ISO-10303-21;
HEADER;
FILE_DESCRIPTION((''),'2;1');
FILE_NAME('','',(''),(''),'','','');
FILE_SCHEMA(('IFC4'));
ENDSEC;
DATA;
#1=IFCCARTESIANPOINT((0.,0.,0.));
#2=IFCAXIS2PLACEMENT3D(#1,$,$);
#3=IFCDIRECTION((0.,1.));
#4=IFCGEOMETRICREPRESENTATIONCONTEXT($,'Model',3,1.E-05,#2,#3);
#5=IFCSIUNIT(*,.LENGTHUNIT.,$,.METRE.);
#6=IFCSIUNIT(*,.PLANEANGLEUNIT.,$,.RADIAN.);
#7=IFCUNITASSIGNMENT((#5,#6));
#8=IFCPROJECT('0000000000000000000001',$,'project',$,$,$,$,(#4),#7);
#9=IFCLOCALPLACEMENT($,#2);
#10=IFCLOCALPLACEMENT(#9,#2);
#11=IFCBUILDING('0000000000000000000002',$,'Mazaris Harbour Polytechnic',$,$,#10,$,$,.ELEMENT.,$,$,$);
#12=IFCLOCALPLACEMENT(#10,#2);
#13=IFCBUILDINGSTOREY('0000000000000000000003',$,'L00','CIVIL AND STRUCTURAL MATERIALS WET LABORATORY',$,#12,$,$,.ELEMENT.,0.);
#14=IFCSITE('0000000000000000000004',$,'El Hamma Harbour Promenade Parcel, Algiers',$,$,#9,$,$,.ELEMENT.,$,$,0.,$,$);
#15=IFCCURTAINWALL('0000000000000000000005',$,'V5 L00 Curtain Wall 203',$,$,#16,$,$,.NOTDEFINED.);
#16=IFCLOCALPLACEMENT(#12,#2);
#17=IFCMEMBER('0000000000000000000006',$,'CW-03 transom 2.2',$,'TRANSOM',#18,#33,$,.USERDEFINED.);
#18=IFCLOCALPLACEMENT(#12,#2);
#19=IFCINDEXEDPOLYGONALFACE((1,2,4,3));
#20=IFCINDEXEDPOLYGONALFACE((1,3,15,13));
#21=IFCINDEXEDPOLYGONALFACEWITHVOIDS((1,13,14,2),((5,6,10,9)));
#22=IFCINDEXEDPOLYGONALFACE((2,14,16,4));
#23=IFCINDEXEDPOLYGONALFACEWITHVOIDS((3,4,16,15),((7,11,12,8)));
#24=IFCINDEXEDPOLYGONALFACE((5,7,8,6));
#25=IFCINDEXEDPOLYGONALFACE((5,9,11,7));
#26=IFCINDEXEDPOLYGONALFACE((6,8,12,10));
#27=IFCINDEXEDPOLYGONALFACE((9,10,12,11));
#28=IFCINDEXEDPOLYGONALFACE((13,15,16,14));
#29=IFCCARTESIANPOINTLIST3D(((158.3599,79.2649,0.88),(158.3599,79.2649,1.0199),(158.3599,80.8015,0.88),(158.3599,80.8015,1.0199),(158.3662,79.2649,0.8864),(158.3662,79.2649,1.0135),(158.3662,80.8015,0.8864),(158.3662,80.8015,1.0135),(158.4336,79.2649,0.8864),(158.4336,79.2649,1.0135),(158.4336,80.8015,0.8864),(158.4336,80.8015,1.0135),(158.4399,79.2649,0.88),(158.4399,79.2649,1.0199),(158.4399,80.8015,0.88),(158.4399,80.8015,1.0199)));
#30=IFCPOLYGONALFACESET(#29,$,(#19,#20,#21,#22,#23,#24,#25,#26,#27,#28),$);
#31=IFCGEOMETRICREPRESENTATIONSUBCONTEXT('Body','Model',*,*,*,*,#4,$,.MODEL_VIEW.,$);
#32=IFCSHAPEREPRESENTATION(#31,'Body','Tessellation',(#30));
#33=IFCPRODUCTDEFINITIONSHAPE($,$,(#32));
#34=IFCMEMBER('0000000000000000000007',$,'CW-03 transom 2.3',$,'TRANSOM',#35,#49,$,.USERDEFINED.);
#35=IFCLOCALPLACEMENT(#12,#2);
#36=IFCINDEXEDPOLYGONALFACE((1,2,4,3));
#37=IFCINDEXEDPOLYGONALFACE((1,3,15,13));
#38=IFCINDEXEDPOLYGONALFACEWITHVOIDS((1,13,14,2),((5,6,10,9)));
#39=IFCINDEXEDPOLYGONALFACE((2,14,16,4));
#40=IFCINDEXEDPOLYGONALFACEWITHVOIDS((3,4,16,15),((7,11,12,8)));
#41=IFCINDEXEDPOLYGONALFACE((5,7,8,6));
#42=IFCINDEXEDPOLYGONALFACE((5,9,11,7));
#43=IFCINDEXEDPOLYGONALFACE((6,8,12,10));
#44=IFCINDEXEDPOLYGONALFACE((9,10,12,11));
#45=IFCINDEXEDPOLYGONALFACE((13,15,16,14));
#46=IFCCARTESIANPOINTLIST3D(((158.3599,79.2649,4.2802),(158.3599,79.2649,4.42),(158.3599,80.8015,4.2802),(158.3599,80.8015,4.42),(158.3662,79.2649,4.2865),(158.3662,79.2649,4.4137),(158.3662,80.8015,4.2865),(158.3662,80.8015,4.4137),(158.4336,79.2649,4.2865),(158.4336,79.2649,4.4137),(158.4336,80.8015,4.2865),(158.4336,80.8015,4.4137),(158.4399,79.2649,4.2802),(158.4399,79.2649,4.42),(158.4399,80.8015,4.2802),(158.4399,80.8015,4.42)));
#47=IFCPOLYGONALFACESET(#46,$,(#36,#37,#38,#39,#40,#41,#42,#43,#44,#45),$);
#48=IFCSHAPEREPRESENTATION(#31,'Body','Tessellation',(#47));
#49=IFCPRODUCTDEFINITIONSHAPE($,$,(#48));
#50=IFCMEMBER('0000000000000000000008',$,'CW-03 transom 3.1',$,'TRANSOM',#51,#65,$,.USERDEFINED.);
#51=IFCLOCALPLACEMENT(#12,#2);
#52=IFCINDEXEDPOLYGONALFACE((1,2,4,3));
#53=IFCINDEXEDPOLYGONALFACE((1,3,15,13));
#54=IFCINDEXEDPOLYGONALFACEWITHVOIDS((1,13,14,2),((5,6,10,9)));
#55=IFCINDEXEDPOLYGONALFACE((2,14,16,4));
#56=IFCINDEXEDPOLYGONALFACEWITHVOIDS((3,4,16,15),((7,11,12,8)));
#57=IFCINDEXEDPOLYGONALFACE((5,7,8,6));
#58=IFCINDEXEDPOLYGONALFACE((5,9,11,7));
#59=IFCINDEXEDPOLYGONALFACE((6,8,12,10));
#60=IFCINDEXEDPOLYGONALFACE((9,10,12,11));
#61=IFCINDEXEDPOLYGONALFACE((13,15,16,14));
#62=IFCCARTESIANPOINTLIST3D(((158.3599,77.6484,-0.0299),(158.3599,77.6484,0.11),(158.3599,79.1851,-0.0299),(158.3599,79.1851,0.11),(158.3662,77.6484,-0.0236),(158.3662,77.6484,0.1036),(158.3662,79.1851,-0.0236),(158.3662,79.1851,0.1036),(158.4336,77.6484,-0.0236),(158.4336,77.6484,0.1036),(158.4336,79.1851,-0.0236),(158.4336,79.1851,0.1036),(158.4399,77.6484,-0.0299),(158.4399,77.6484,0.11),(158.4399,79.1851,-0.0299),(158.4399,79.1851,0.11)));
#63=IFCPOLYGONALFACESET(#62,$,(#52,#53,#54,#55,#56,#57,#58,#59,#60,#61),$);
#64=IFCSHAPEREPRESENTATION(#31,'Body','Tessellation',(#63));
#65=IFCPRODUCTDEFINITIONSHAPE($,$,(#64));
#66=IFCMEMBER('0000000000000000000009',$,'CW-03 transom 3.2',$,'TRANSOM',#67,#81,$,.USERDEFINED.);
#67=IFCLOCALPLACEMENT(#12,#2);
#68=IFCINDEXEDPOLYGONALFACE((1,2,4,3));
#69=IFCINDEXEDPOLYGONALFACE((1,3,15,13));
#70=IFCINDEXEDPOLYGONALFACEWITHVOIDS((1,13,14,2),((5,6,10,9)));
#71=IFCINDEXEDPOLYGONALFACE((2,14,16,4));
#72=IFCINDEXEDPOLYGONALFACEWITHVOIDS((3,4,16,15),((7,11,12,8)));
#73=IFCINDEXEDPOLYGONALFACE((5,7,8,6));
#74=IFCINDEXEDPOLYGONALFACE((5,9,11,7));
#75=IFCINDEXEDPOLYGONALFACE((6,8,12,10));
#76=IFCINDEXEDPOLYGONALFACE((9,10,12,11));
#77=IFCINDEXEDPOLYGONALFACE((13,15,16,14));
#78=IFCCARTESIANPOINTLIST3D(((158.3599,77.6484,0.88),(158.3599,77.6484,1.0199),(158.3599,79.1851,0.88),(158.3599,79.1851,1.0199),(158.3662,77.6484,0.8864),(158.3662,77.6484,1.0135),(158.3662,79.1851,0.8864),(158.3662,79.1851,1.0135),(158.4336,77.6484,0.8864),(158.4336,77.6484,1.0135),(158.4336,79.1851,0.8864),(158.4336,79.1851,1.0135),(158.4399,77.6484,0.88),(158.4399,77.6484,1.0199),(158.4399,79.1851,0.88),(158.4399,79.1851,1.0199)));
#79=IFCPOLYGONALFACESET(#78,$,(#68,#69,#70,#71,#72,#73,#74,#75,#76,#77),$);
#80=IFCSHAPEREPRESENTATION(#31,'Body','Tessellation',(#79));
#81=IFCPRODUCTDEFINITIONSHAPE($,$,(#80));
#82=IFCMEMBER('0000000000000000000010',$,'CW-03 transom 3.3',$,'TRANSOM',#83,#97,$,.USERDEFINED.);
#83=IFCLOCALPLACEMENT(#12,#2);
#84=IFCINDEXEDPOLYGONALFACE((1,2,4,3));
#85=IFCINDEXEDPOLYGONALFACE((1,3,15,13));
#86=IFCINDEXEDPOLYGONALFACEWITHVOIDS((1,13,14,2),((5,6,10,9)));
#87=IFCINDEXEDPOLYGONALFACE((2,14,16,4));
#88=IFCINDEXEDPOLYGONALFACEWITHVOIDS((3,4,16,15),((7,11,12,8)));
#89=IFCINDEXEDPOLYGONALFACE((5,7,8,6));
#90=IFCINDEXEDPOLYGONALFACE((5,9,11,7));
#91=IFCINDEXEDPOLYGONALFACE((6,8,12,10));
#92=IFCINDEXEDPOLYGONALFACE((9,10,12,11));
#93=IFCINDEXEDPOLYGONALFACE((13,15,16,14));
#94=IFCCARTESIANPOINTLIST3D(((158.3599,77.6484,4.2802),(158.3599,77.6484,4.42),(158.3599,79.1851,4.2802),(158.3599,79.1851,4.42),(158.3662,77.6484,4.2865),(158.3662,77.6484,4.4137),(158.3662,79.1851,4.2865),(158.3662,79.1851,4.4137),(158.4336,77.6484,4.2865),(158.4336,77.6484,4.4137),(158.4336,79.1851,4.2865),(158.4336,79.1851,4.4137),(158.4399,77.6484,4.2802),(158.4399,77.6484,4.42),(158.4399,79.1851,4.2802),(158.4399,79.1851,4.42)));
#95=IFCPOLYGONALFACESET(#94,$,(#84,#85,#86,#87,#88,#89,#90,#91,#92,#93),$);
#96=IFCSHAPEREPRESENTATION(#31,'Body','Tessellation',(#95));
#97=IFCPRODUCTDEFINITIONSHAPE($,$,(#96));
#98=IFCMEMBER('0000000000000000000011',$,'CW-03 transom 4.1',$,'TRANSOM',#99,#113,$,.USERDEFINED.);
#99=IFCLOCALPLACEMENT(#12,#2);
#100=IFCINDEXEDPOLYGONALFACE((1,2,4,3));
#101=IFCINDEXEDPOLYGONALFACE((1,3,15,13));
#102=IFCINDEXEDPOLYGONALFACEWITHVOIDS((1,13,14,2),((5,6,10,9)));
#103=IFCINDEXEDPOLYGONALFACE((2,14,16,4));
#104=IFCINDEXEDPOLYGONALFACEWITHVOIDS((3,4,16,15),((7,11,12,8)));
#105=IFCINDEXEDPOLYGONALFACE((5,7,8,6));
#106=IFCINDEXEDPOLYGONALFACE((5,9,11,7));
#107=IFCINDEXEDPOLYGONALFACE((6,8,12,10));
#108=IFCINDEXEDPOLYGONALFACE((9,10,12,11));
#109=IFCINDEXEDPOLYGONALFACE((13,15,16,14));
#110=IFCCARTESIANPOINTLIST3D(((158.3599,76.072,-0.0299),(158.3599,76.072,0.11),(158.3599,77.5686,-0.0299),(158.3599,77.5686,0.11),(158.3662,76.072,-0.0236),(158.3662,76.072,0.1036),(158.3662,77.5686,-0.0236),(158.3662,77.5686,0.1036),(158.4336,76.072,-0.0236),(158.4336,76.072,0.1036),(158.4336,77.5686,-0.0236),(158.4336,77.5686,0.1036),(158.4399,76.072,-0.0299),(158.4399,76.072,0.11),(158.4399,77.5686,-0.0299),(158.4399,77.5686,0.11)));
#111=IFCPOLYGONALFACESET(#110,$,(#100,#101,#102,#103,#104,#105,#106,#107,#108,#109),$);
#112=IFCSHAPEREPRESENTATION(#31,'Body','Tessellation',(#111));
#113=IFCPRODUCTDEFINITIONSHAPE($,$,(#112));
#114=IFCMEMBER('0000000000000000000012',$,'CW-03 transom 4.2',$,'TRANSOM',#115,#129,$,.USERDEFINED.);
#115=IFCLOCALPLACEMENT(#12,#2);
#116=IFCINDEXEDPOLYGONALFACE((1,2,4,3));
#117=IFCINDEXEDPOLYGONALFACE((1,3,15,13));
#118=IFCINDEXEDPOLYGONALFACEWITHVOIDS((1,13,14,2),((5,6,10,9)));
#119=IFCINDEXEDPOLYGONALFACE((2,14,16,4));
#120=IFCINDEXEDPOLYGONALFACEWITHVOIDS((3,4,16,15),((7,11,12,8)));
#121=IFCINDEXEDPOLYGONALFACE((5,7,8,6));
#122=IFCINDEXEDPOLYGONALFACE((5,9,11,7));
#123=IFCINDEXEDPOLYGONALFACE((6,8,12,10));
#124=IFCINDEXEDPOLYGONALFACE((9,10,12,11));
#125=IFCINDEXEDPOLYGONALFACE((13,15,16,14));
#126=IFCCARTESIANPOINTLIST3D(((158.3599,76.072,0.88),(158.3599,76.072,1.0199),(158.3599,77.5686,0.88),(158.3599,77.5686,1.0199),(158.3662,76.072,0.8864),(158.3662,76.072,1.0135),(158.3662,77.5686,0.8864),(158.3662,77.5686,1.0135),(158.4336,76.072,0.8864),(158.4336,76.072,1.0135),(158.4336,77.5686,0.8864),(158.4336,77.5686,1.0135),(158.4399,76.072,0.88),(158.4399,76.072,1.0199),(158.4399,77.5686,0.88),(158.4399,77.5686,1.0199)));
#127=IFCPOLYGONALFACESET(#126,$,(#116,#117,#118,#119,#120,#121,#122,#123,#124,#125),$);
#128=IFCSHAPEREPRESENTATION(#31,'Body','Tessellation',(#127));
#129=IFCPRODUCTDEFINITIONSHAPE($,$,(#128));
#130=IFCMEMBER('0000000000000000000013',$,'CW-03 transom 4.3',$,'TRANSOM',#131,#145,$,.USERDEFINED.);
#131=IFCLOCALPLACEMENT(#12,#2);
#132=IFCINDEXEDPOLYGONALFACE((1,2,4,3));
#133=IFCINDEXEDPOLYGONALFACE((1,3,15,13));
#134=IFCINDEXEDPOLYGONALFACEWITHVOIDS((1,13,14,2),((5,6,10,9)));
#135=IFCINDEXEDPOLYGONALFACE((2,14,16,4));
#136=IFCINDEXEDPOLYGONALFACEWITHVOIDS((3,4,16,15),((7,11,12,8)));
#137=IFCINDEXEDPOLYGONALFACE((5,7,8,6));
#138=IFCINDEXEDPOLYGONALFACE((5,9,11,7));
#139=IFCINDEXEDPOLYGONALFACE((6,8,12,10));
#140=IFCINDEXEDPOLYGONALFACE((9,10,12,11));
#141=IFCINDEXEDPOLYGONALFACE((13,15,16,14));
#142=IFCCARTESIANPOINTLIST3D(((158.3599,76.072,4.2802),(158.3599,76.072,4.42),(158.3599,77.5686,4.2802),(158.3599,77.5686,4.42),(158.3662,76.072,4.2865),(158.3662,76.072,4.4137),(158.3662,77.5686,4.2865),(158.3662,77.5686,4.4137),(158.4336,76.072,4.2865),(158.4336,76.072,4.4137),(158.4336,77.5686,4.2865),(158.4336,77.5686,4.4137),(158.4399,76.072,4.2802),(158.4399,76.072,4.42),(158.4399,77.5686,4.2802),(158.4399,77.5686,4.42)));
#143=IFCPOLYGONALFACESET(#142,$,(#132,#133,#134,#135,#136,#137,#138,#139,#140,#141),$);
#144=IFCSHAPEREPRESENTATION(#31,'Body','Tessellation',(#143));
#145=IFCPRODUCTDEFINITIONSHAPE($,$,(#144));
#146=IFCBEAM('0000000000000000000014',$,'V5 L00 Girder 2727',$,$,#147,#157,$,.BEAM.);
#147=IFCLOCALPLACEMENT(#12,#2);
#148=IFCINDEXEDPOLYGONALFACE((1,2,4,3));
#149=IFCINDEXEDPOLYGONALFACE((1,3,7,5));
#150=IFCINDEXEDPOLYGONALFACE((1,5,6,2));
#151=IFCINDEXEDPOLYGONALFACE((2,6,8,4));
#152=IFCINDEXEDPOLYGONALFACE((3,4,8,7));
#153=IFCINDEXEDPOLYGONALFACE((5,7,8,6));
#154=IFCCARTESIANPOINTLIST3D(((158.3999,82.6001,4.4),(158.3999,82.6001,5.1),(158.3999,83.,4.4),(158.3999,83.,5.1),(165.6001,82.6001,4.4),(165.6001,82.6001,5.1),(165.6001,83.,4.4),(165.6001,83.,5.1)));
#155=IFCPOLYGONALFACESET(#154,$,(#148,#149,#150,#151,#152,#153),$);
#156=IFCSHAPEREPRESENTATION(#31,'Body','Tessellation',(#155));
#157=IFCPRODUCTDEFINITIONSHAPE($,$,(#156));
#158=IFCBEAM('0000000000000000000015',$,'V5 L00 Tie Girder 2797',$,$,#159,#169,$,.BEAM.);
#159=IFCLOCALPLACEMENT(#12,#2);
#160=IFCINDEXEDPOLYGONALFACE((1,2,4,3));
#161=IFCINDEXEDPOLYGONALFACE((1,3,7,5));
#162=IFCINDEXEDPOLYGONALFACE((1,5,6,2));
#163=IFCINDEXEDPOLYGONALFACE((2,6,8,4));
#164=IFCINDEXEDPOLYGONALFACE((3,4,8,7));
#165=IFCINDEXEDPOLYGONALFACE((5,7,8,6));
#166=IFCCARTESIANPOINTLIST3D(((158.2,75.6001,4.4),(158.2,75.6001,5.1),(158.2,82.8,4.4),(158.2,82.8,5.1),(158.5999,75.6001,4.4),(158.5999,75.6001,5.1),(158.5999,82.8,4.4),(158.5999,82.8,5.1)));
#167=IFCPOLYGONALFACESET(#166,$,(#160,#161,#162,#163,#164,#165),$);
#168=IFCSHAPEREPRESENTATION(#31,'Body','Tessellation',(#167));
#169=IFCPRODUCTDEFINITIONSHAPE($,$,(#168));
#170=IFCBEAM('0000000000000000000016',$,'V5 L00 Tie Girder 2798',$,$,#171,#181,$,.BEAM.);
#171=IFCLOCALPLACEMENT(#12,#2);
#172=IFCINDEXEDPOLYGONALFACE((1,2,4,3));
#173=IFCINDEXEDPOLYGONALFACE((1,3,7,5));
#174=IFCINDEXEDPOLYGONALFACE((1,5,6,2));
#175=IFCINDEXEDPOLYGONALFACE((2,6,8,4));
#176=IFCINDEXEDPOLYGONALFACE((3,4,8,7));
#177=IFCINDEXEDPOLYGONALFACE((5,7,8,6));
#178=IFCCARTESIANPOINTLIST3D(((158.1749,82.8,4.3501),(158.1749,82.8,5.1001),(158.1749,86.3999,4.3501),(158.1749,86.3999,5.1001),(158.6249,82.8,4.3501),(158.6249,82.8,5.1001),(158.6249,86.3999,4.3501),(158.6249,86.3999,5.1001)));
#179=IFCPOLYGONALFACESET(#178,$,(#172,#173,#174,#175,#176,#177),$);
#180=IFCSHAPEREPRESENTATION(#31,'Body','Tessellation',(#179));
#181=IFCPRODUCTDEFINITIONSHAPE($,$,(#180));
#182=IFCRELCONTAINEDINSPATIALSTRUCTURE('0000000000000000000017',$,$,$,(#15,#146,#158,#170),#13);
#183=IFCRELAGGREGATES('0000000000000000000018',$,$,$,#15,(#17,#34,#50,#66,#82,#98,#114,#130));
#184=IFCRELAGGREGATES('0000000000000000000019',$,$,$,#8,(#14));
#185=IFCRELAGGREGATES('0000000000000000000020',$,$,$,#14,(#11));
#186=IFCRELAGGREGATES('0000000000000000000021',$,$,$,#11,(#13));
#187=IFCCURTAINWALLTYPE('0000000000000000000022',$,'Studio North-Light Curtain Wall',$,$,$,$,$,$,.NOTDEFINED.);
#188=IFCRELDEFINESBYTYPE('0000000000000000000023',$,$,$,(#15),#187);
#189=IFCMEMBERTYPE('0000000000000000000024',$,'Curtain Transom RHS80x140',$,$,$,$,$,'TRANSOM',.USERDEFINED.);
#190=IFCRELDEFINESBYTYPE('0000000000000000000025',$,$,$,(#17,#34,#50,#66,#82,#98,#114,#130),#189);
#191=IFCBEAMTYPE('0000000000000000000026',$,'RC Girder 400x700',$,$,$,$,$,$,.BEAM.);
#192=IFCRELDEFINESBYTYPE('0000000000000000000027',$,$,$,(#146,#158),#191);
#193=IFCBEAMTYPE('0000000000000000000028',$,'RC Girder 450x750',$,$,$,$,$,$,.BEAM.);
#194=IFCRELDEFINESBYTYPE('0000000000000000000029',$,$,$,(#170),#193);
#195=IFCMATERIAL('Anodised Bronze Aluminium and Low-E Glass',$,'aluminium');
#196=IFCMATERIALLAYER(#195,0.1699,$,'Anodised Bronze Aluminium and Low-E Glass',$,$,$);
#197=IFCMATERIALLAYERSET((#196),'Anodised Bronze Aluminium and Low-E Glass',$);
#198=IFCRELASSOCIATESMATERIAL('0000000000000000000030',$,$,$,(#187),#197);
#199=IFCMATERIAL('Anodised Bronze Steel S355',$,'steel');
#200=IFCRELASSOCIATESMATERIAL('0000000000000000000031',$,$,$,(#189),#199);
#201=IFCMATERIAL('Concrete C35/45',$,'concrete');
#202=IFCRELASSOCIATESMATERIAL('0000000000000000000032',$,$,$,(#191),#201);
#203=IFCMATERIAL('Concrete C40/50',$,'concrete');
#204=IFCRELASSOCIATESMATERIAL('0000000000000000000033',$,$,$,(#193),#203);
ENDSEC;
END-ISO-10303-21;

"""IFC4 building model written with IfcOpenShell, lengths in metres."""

from ifc_helpers import new_model, si_unit, direction, frame, origin, origin_2d, place, context, subcontext, project, spatial, rectangle, hollow_rectangle, extrude, material, layer, layer_set, material_profile, profile_set, type_object, element, aggregate, save


model = new_model("IFC4")

# Units and contexts
model_context = context("Model", 3, precision=1e-05, world=origin(), true_north=direction((0.0, 1.0)))
body_context = subcontext(model_context, "Body", "Model", "MODEL_VIEW")
ifc_project = project(units=[si_unit("LENGTHUNIT", "METRE"), si_unit("PLANEANGLEUNIT", "RADIAN")], contexts=[model_context])

# Site, building, storey
site_placement = place(None, origin())
site = spatial("IfcSite", under=ifc_project, at=site_placement, Name="El Hamma Harbour Promenade Parcel, Algiers", CompositionType="ELEMENT", RefElevation=0.0)
building_placement = place(site_placement, origin())
building = spatial("IfcBuilding", under=site, at=building_placement, Name="Mazaris Harbour Polytechnic", CompositionType="ELEMENT")
storey_placement = place(building_placement, origin())
storey = spatial("IfcBuildingStorey", under=building, at=storey_placement, Name="L00", Description="CIVIL AND STRUCTURAL MATERIALS WET LABORATORY", CompositionType="ELEMENT", Elevation=0.0)

# Curtain wall
ifc_material_1 = material(Name="Anodised Bronze Aluminium and Low-E Glass", Category="aluminium")
ifc_layer_1 = layer(ifc_material_1, 0.1699, Name="Anodised Bronze Aluminium and Low-E Glass")
ifc_layer_set_1 = layer_set([ifc_layer_1], Name="Anodised Bronze Aluminium and Low-E Glass")
curtain_wall_type = type_object("IfcCurtainWallType", Name="Studio North-Light Curtain Wall", PredefinedType="NOTDEFINED", material=ifc_layer_set_1)
curtain_wall_1_placement = place(storey_placement, origin())
curtain_wall_1 = element("IfcCurtainWall", 1, at=curtain_wall_1_placement, inside=storey, type_object=curtain_wall_type, Name="V5 L00 Curtain Wall 203", PredefinedType="NOTDEFINED")

# Members
ifc_material_2 = material(Name="Anodised Bronze Steel S355", Category="steel")
ifc_material_profile_1 = material_profile(ifc_material_2, hollow_rectangle(XDim=0.0801, YDim=0.1399, WallThickness=0.0063, at=origin_2d()), Name="RHS 80x140x6.3")
ifc_profile_set_1 = profile_set([ifc_material_profile_1], Name="Anodised Bronze Steel S355")
member_type_1 = type_object("IfcMemberType", Name="Curtain Transom RHS80x140", ElementType="TRANSOM", PredefinedType="USERDEFINED", material=ifc_profile_set_1)
member_1_placement = place(storey_placement, frame((158.3999, 80.8015, 0.95), z_axis=(0.0, -1.0, 0.0), x_axis=(1.0, 0.0, 0.0)))
member_1 = element("IfcMember", 2, at=member_1_placement, type_object=member_type_1, Name="CW-03 transom 2.2", ObjectType="TRANSOM", PredefinedType="USERDEFINED", context=body_context, shape_type="SweptSolid", body=[
    extrude(hollow_rectangle(XDim=0.0801, YDim=0.1399, WallThickness=0.0063, at=origin_2d()), origin(), (0.0, 0.0, 1.0), 1.5366),
])
member_2_placement = place(storey_placement, frame((158.3999, 80.8015, 4.3501), z_axis=(0.0, -1.0, 0.0), x_axis=(1.0, 0.0, 0.0)))
member_2 = element("IfcMember", 3, at=member_2_placement, type_object=member_type_1, Name="CW-03 transom 2.3", ObjectType="TRANSOM", PredefinedType="USERDEFINED", context=body_context, shape_type="SweptSolid", body=[
    extrude(hollow_rectangle(XDim=0.0801, YDim=0.1399, WallThickness=0.0063, at=origin_2d()), origin(), (0.0, 0.0, 1.0), 1.5366),
])
member_3_placement = place(storey_placement, frame((158.3999, 79.1851, 0.04), z_axis=(0.0, -1.0, 0.0), x_axis=(1.0, 0.0, 0.0)))
member_3 = element("IfcMember", 4, at=member_3_placement, type_object=member_type_1, Name="CW-03 transom 3.1", ObjectType="TRANSOM", PredefinedType="USERDEFINED", context=body_context, shape_type="SweptSolid", body=[
    extrude(hollow_rectangle(XDim=0.0801, YDim=0.1399, WallThickness=0.0063, at=origin_2d()), origin(), (0.0, 0.0, 1.0), 1.5366),
])
member_4_placement = place(storey_placement, frame((158.3999, 79.1851, 0.95), z_axis=(0.0, -1.0, 0.0), x_axis=(1.0, 0.0, 0.0)))
member_4 = element("IfcMember", 5, at=member_4_placement, type_object=member_type_1, Name="CW-03 transom 3.2", ObjectType="TRANSOM", PredefinedType="USERDEFINED", context=body_context, shape_type="SweptSolid", body=[
    extrude(hollow_rectangle(XDim=0.0801, YDim=0.1399, WallThickness=0.0063, at=origin_2d()), origin(), (0.0, 0.0, 1.0), 1.5366),
])
member_5_placement = place(storey_placement, frame((158.3999, 79.1851, 4.3501), z_axis=(0.0, -1.0, 0.0), x_axis=(1.0, 0.0, 0.0)))
member_5 = element("IfcMember", 6, at=member_5_placement, type_object=member_type_1, Name="CW-03 transom 3.3", ObjectType="TRANSOM", PredefinedType="USERDEFINED", context=body_context, shape_type="SweptSolid", body=[
    extrude(hollow_rectangle(XDim=0.0801, YDim=0.1399, WallThickness=0.0063, at=origin_2d()), origin(), (0.0, 0.0, 1.0), 1.5366),
])
member_6_placement = place(storey_placement, frame((158.3999, 77.5686, 0.04), z_axis=(0.0, -1.0, 0.0), x_axis=(1.0, 0.0, 0.0)))
member_6 = element("IfcMember", 7, at=member_6_placement, type_object=member_type_1, Name="CW-03 transom 4.1", ObjectType="TRANSOM", PredefinedType="USERDEFINED", context=body_context, shape_type="SweptSolid", body=[
    extrude(hollow_rectangle(XDim=0.0801, YDim=0.1399, WallThickness=0.0063, at=origin_2d()), origin(), (0.0, 0.0, 1.0), 1.4966),
])
member_7_placement = place(storey_placement, frame((158.3999, 77.5686, 0.95), z_axis=(0.0, -1.0, 0.0), x_axis=(1.0, 0.0, 0.0)))
member_7 = element("IfcMember", 8, at=member_7_placement, type_object=member_type_1, Name="CW-03 transom 4.2", ObjectType="TRANSOM", PredefinedType="USERDEFINED", context=body_context, shape_type="SweptSolid", body=[
    extrude(hollow_rectangle(XDim=0.0801, YDim=0.1399, WallThickness=0.0063, at=origin_2d()), origin(), (0.0, 0.0, 1.0), 1.4966),
])
member_8_placement = place(storey_placement, frame((158.3999, 77.5686, 4.3501), z_axis=(0.0, -1.0, 0.0), x_axis=(1.0, 0.0, 0.0)))
member_8 = element("IfcMember", 9, at=member_8_placement, type_object=member_type_1, Name="CW-03 transom 4.3", ObjectType="TRANSOM", PredefinedType="USERDEFINED", context=body_context, shape_type="SweptSolid", body=[
    extrude(hollow_rectangle(XDim=0.0801, YDim=0.1399, WallThickness=0.0063, at=origin_2d()), origin(), (0.0, 0.0, 1.0), 1.4966),
])

# Beams
ifc_material_3 = material(Name="Concrete C35/45", Category="concrete")
ifc_material_profile_2 = material_profile(ifc_material_3, rectangle(XDim=0.3999, YDim=0.7, at=origin_2d()), Name="RECT400x700")
ifc_profile_set_2 = profile_set([ifc_material_profile_2], Name="Concrete C35/45")
beam_type_1 = type_object("IfcBeamType", Name="RC Girder 400x700", PredefinedType="BEAM", material=ifc_profile_set_2)
beam_1_placement = place(storey_placement, frame((158.3999, 82.8, 4.75), z_axis=(1.0, 0.0, 0.0), x_axis=(0.0, 1.0, 0.0)))
element("IfcBeam", 10, at=beam_1_placement, inside=storey, type_object=beam_type_1, Name="V5 L00 Girder 2727", PredefinedType="BEAM", context=body_context, shape_type="SweptSolid", body=[
    extrude(rectangle(XDim=0.3999, YDim=0.7, at=origin_2d()), origin(), (0.0, 0.0, 1.0), 7.2002),
])
beam_2_placement = place(storey_placement, frame((158.3999, 75.6001, 4.75), z_axis=(0.0, 1.0, 0.0), x_axis=(-1.0, 0.0, 0.0)))
element("IfcBeam", 11, at=beam_2_placement, inside=storey, type_object=beam_type_1, Name="V5 L00 Tie Girder 2797", PredefinedType="BEAM", context=body_context, shape_type="SweptSolid", body=[
    extrude(rectangle(XDim=0.3999, YDim=0.7, at=origin_2d()), origin(), (0.0, 0.0, 1.0), 7.2),
])
ifc_material_4 = material(Name="Concrete C40/50", Category="concrete")
ifc_material_profile_3 = material_profile(ifc_material_4, rectangle(XDim=0.45, YDim=0.75, at=origin_2d()), Name="RECT450x750")
ifc_profile_set_3 = profile_set([ifc_material_profile_3], Name="Concrete C40/50")
beam_type_2 = type_object("IfcBeamType", Name="RC Girder 450x750", PredefinedType="BEAM", material=ifc_profile_set_3)
beam_3_placement = place(storey_placement, frame((158.3999, 82.8, 4.7251), z_axis=(0.0, 1.0, 0.0), x_axis=(-1.0, 0.0, 0.0)))
element("IfcBeam", 12, at=beam_3_placement, inside=storey, type_object=beam_type_2, Name="V5 L00 Tie Girder 2798", PredefinedType="BEAM", context=body_context, shape_type="SweptSolid", body=[
    extrude(rectangle(XDim=0.45, YDim=0.75, at=origin_2d()), origin(), (0.0, 0.0, 1.0), 3.5999),
])

aggregate(curtain_wall_1, [member_1, member_2, member_3, member_4, member_5, member_6, member_7, member_8])

save(model, "model.ifc")
